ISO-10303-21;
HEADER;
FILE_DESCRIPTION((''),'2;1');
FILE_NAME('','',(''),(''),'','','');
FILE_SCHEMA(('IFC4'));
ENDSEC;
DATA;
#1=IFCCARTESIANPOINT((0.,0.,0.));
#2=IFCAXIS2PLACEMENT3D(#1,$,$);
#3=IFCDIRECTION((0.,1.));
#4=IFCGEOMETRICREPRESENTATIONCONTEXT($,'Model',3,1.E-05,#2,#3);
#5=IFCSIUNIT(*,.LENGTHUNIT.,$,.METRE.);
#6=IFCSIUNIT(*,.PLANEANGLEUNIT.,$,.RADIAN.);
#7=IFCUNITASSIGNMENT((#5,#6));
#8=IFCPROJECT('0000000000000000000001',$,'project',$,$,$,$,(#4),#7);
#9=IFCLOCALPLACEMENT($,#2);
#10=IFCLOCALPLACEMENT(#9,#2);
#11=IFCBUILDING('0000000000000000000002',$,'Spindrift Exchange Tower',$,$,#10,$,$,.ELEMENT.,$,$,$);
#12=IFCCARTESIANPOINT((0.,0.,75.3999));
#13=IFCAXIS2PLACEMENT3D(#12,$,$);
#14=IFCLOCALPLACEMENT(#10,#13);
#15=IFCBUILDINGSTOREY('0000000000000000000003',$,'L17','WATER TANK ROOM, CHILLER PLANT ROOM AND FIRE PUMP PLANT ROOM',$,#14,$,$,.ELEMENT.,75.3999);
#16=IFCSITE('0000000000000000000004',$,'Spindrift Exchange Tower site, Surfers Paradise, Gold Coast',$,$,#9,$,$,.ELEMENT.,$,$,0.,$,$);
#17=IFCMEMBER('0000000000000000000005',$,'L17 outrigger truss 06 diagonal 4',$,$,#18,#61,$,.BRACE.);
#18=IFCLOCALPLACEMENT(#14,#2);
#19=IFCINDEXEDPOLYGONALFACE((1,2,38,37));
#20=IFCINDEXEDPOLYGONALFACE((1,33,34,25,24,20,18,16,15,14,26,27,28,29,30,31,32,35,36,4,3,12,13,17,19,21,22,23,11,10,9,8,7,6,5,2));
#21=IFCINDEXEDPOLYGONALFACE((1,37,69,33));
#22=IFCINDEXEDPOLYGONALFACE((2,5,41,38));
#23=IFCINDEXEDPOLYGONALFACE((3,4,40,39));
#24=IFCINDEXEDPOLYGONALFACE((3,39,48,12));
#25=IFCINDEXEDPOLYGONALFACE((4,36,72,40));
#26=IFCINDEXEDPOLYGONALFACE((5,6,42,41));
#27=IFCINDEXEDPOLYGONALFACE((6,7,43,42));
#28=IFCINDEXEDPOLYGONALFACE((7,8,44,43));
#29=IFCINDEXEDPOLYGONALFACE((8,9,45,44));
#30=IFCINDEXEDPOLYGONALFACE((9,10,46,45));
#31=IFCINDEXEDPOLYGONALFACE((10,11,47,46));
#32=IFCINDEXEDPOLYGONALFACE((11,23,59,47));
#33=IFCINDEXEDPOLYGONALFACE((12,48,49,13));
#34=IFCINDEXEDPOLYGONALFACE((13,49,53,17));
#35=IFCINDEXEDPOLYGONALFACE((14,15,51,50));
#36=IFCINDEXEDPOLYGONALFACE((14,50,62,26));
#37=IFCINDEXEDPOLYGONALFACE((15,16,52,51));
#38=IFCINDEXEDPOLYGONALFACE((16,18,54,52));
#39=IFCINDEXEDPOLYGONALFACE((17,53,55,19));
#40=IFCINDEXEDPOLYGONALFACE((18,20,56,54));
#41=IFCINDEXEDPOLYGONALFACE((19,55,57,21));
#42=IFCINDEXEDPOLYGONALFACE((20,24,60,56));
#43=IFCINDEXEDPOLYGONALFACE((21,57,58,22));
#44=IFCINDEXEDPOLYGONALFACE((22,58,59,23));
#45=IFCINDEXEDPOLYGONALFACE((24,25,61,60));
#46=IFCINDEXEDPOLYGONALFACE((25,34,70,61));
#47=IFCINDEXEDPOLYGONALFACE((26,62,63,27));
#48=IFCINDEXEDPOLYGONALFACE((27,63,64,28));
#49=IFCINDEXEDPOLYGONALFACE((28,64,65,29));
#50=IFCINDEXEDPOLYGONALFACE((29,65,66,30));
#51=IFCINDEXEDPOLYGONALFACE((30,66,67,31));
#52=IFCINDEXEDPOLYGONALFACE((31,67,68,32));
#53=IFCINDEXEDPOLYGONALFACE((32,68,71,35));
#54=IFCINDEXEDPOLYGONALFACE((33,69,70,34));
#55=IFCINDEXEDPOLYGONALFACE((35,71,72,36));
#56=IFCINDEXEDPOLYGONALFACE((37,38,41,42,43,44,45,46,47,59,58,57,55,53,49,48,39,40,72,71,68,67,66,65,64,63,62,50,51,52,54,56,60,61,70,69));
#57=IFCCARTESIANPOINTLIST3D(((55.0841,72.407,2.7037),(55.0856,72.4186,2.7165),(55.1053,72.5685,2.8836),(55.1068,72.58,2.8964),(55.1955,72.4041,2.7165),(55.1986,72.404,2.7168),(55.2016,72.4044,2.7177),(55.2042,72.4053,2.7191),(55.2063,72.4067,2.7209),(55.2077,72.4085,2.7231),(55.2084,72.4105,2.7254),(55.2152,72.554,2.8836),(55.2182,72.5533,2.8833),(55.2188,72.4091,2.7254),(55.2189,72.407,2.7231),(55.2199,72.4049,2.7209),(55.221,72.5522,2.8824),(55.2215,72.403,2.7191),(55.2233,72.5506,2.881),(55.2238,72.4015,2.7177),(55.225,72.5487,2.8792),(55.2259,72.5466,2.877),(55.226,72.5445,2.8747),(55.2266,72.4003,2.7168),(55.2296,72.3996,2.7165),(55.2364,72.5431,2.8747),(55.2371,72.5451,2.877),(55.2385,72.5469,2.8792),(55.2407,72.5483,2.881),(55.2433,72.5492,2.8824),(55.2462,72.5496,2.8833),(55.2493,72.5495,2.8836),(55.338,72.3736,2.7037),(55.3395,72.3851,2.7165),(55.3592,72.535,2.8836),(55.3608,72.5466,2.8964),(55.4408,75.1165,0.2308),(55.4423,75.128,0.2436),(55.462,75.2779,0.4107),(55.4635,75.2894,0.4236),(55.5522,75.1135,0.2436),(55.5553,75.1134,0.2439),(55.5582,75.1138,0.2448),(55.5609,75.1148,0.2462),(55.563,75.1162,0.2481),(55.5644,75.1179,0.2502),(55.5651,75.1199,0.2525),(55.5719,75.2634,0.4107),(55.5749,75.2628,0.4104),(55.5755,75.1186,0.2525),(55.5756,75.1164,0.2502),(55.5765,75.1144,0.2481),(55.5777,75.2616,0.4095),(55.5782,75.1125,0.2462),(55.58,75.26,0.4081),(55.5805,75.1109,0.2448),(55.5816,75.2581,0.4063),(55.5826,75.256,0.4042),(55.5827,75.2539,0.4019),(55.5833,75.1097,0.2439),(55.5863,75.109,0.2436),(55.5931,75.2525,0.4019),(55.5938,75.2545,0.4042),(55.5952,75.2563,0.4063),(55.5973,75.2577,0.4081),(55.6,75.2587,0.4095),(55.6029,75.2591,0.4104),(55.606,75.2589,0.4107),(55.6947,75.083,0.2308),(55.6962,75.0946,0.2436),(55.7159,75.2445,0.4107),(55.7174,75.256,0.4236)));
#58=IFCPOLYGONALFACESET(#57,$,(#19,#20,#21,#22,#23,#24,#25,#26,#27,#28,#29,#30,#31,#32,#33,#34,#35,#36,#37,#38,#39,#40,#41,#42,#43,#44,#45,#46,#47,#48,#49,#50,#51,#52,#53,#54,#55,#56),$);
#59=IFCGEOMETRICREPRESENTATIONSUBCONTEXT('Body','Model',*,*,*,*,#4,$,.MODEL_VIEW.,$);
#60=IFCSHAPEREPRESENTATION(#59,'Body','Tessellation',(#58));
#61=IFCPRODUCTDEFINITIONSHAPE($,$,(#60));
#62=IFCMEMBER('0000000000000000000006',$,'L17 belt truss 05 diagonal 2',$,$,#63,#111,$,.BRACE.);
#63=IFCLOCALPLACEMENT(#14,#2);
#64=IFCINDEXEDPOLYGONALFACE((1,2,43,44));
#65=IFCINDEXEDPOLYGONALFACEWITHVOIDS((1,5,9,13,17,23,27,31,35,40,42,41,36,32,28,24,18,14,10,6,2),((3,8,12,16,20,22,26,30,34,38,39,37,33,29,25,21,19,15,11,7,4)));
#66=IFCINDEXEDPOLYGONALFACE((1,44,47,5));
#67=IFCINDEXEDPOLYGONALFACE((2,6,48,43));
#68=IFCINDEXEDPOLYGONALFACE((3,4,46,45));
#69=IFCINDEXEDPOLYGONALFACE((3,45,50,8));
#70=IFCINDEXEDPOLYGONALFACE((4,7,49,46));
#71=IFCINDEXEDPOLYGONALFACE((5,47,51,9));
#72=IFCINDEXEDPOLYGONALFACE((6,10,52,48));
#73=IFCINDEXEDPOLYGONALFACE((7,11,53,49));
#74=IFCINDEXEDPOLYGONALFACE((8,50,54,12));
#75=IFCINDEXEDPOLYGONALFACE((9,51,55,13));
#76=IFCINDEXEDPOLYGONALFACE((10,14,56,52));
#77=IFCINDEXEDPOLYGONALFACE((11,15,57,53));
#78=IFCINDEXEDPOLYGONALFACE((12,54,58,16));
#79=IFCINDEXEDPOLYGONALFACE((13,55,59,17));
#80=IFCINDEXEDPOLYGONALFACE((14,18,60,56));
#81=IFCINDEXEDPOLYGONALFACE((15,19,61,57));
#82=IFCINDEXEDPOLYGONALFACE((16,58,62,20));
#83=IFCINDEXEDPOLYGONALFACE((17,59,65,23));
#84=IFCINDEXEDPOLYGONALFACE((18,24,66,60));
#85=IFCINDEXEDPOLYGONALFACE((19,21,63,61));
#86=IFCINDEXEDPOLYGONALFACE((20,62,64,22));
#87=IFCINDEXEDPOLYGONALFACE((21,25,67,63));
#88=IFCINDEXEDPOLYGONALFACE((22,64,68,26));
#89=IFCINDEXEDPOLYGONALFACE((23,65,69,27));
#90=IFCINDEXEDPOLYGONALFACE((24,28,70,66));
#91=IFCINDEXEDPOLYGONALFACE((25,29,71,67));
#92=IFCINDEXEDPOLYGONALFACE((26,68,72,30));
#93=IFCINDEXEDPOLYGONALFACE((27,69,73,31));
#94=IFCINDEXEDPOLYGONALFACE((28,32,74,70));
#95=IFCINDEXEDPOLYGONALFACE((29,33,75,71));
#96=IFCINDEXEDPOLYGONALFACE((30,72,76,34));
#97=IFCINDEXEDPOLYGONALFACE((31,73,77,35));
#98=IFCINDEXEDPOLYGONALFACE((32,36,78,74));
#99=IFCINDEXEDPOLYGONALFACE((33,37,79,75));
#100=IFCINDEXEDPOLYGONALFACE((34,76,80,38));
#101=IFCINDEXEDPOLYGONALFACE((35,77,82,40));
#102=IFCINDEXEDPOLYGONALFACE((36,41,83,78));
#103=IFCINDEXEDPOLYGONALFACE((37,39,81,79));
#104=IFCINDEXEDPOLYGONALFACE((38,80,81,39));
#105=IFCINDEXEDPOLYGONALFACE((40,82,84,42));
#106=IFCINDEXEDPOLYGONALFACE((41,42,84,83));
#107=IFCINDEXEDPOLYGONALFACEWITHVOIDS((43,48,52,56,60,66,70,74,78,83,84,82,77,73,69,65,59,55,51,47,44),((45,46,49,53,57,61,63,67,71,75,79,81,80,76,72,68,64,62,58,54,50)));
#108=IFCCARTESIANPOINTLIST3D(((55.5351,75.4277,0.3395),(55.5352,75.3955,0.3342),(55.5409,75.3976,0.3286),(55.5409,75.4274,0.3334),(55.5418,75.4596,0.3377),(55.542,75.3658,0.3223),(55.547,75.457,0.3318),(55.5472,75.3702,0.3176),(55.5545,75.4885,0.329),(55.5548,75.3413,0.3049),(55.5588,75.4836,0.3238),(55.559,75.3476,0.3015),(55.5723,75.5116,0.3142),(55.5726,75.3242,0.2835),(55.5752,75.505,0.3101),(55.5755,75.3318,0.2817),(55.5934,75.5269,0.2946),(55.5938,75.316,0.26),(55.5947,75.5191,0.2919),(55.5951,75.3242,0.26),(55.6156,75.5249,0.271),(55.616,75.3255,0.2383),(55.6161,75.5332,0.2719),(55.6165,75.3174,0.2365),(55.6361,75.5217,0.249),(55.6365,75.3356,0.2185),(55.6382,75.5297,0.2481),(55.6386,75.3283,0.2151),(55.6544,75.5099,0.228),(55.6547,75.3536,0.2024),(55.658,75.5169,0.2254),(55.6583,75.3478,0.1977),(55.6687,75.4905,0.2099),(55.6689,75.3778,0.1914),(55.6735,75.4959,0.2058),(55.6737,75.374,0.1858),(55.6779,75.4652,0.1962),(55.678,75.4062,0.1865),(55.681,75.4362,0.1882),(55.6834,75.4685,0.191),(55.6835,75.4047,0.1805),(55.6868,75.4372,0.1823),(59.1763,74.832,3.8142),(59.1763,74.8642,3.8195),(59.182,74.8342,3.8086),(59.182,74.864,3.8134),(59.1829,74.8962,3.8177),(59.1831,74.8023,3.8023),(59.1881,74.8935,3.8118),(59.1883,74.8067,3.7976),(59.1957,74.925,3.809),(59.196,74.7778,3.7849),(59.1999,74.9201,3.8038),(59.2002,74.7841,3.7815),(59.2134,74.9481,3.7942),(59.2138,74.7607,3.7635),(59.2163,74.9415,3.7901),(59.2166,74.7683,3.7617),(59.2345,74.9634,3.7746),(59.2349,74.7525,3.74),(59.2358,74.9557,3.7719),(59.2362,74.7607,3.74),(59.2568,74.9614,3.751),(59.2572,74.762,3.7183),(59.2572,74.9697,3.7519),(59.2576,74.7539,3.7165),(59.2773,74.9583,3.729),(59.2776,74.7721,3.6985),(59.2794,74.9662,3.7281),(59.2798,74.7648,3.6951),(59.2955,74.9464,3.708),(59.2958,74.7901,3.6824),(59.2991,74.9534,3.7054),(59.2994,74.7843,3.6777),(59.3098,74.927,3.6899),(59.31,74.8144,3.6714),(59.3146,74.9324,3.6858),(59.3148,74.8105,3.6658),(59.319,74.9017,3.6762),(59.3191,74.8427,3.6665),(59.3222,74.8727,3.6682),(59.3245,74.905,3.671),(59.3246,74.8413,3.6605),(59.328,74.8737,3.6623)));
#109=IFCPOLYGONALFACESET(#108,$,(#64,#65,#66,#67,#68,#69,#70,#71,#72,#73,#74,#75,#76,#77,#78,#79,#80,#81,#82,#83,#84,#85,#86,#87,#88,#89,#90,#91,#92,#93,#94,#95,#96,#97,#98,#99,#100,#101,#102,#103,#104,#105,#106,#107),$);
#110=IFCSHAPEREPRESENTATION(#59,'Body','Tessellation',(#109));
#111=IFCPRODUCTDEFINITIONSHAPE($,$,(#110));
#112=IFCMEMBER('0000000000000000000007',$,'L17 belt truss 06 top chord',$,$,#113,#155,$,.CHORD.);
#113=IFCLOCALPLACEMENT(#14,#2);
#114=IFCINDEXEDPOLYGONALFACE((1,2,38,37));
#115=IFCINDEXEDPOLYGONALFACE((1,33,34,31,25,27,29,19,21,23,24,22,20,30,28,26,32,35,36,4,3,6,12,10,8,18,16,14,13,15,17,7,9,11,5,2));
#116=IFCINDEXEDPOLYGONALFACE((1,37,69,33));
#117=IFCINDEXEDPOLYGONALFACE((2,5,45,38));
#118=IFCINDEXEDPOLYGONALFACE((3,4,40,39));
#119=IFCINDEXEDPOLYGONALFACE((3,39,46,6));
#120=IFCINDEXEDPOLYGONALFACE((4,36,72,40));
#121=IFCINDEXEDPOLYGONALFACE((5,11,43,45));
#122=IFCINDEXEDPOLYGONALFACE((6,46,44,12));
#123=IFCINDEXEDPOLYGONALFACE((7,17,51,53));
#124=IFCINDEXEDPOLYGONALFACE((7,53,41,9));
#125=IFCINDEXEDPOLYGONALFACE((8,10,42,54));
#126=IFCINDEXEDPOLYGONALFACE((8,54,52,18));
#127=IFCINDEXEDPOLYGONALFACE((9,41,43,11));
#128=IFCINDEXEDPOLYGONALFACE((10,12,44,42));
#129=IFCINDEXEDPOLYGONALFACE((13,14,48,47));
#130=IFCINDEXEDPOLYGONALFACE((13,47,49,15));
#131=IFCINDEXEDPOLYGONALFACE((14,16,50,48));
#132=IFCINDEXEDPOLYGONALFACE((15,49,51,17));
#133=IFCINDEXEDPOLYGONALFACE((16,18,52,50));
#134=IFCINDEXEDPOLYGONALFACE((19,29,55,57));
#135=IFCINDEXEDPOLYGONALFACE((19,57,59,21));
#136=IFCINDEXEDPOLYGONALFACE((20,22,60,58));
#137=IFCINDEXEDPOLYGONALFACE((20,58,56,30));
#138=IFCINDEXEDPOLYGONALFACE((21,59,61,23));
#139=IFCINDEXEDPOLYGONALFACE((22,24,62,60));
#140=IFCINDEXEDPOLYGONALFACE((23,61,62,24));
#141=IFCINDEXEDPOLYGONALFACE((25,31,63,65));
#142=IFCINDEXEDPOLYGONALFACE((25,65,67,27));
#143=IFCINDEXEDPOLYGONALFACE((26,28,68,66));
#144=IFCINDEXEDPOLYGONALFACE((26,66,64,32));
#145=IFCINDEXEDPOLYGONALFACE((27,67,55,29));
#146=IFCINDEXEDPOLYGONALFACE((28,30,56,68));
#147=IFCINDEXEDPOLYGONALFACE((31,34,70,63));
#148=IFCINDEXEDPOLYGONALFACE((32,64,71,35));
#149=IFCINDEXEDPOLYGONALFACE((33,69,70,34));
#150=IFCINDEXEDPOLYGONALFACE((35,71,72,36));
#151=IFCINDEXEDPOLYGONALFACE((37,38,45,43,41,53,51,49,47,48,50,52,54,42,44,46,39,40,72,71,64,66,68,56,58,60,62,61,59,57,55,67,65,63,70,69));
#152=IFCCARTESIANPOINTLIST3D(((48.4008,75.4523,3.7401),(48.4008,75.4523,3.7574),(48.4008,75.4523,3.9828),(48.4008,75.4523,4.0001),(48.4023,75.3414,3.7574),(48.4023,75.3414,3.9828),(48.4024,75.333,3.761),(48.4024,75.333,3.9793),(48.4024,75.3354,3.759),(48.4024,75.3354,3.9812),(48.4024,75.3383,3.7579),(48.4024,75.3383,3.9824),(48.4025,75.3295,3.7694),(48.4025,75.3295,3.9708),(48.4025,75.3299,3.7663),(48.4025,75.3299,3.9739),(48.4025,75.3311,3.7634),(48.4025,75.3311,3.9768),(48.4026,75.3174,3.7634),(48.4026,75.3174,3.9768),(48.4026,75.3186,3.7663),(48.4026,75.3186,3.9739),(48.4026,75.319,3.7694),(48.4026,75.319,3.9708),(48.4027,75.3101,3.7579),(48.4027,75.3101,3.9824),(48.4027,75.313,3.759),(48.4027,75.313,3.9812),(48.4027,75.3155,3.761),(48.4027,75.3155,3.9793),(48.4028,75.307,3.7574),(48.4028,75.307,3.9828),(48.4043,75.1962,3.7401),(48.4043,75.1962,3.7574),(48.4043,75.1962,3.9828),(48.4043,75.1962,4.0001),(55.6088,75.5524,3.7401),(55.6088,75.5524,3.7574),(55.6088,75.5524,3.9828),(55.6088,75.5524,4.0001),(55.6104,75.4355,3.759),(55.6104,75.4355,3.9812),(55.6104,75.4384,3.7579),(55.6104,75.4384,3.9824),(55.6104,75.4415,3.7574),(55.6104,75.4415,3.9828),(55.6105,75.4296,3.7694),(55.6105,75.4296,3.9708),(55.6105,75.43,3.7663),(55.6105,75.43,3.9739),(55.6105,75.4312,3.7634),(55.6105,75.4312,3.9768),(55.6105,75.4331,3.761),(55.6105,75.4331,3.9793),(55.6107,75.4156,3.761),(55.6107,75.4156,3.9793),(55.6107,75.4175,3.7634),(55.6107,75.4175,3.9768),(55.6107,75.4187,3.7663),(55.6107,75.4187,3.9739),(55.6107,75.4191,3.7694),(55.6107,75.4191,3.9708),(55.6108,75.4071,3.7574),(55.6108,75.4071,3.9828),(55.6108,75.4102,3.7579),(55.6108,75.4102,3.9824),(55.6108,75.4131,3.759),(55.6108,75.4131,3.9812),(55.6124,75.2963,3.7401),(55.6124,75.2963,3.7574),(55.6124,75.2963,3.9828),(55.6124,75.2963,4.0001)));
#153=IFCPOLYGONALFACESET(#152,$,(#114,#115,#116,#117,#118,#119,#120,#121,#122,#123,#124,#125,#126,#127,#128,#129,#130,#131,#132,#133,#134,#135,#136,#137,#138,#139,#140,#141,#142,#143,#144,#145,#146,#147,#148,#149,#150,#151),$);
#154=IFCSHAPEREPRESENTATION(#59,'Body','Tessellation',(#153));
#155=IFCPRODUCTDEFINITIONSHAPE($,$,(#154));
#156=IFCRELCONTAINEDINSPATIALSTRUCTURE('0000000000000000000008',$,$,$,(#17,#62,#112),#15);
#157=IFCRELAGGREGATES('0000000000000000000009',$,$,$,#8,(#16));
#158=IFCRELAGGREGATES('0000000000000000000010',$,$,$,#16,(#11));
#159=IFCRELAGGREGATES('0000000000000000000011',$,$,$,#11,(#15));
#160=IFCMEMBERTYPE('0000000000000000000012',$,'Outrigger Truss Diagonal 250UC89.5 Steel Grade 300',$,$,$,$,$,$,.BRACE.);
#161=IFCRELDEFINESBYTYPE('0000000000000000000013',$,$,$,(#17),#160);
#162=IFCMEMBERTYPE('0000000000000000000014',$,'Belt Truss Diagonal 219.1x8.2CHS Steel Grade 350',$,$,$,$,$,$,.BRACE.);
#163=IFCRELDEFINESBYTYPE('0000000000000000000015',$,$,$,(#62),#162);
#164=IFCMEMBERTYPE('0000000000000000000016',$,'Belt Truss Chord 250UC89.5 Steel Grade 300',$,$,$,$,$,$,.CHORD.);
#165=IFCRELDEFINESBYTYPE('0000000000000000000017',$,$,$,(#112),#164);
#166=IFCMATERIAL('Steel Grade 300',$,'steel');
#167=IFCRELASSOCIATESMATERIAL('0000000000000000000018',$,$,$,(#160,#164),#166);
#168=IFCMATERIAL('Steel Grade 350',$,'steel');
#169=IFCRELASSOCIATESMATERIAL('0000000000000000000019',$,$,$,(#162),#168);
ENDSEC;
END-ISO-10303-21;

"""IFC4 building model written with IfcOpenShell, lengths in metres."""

from ifc_helpers import new_model, si_unit, direction, frame, origin, origin_2d, place, context, subcontext, project, spatial, hollow_circle, i_section, extrude, source, transform, mapped, material, material_profile, profile_set, type_object, element, save


model = new_model("IFC4")

# Units and contexts
model_context = context("Model", 3, precision=1e-05, world=origin(), true_north=direction((0.0, 1.0)))
body_context = subcontext(model_context, "Body", "Model", "MODEL_VIEW")
ifc_project = project(units=[si_unit("LENGTHUNIT", "METRE"), si_unit("PLANEANGLEUNIT", "RADIAN")], contexts=[model_context])

# Site, building, storey
site_placement = place(None, origin())
site = spatial("IfcSite", under=ifc_project, at=site_placement, Name="Spindrift Exchange Tower site, Surfers Paradise, Gold Coast", CompositionType="ELEMENT", RefElevation=0.0)
building_placement = place(site_placement, origin())
building = spatial("IfcBuilding", under=site, at=building_placement, Name="Spindrift Exchange Tower", CompositionType="ELEMENT")
storey_placement = place(building_placement, frame((0.0, 0.0, 75.3999)))
storey = spatial("IfcBuildingStorey", under=building, at=storey_placement, Name="L17", Description="WATER TANK ROOM, CHILLER PLANT ROOM AND FIRE PUMP PLANT ROOM", CompositionType="ELEMENT", Elevation=75.3999)

# Shared definitions
ifc_material_1 = material(Name="Steel Grade 300", Category="steel")

# Shared definitions
ifc_material_profile_1 = material_profile(ifc_material_1, i_section(OverallWidth=0.2561, OverallDepth=0.26, WebThickness=0.0105, FlangeThickness=0.0173, FilletRadius=0.012, at=origin_2d()), Name="250UC89.5")
ifc_profile_set_1 = profile_set([ifc_material_profile_1], Name="Steel Grade 300")
member_type_1 = type_object("IfcMemberType", Name="Outrigger Truss Diagonal 250UC89.5 Steel Grade 300", PredefinedType="BRACE", material=ifc_profile_set_1)

# Members
shared_shape_1 = source(origin(), body_context, "Body", "SweptSolid", [
    extrude(i_section(OverallWidth=0.2561, OverallDepth=0.26, WebThickness=0.0105, FlangeThickness=0.0173, FilletRadius=0.012, at=origin_2d()), origin(), (0.0, 0.0, 1.0), 3.6855),
])
member_1_placement = place(storey_placement, frame((55.2224, 72.4768, 2.8), z_axis=(0.096779, 0.735149, -0.670961), x_axis=(-0.991446, 0.130519, 0.0)))
element("IfcMember", 1, at=member_1_placement, inside=storey, type_object=member_type_1, Name="L17 outrigger truss 06 diagonal 4", PredefinedType="BRACE", context=body_context, shape_type="MappedRepresentation", body=[
    mapped(shared_shape_1, transform((0.0, 0.0, 0.0), scale=1.0)),
])
ifc_material_2 = material(Name="Steel Grade 350", Category="steel")
ifc_material_profile_2 = material_profile(ifc_material_2, hollow_circle(Radius=0.1096, WallThickness=0.0083, at=origin_2d()), Name="219.1x8.2CHS")
ifc_profile_set_2 = profile_set([ifc_material_profile_2], Name="Steel Grade 350")
member_type_2 = type_object("IfcMemberType", Name="Belt Truss Diagonal 219.1x8.2CHS Steel Grade 350", PredefinedType="BRACE", material=ifc_profile_set_2)
shared_shape_2 = source(origin(), body_context, "Body", "SweptSolid", [
    extrude(hollow_circle(Radius=0.1096, WallThickness=0.0083, at=origin_2d()), origin(), (0.0, 0.0, 1.0), 5.0681),
])
member_2_placement = place(storey_placement, frame((59.2517, 74.8608, 3.74), z_axis=(-0.71844, 0.111181, -0.686646), x_axis=(-0.152933, -0.988236, 0.0)))
element("IfcMember", 2, at=member_2_placement, inside=storey, type_object=member_type_2, Name="L17 belt truss 05 diagonal 2", PredefinedType="BRACE", context=body_context, shape_type="MappedRepresentation", body=[
    mapped(shared_shape_2, transform((0.0, 0.0, 0.0), scale=1.0)),
])
ifc_material_profile_3 = material_profile(ifc_material_1, i_section(OverallWidth=0.2561, OverallDepth=0.26, WebThickness=0.0105, FlangeThickness=0.0173, FilletRadius=0.012, at=origin_2d()), Name="250UC89.5")
ifc_profile_set_3 = profile_set([ifc_material_profile_3], Name="Steel Grade 300")
member_type_3 = type_object("IfcMemberType", Name="Belt Truss Chord 250UC89.5 Steel Grade 300", PredefinedType="CHORD", material=ifc_profile_set_3)
shared_shape_3 = source(origin(), body_context, "Body", "SweptSolid", [
    extrude(i_section(OverallWidth=0.2561, OverallDepth=0.26, WebThickness=0.0105, FlangeThickness=0.0173, FilletRadius=0.012, at=origin_2d()), origin(), (0.0, 0.0, 1.0), 7.2087),
])
for number, where, z_axis, x_axis, name in (
    (3, (55.6106, 75.4243, 3.8701), (-0.999904, -0.013886, 0.0), (0.013886, -0.999904, 0.0), "L17 belt truss 06 top chord"),
):
    element("IfcMember", number, at=place(storey_placement, frame(where, z_axis=z_axis, x_axis=x_axis)), inside=storey, type_object=member_type_3, Name=name, PredefinedType="CHORD", context=body_context, shape_type="MappedRepresentation", body=[
        mapped(shared_shape_3, transform((0.0, 0.0, 0.0), scale=1.0)),
    ])

save(model, "model.ifc")
